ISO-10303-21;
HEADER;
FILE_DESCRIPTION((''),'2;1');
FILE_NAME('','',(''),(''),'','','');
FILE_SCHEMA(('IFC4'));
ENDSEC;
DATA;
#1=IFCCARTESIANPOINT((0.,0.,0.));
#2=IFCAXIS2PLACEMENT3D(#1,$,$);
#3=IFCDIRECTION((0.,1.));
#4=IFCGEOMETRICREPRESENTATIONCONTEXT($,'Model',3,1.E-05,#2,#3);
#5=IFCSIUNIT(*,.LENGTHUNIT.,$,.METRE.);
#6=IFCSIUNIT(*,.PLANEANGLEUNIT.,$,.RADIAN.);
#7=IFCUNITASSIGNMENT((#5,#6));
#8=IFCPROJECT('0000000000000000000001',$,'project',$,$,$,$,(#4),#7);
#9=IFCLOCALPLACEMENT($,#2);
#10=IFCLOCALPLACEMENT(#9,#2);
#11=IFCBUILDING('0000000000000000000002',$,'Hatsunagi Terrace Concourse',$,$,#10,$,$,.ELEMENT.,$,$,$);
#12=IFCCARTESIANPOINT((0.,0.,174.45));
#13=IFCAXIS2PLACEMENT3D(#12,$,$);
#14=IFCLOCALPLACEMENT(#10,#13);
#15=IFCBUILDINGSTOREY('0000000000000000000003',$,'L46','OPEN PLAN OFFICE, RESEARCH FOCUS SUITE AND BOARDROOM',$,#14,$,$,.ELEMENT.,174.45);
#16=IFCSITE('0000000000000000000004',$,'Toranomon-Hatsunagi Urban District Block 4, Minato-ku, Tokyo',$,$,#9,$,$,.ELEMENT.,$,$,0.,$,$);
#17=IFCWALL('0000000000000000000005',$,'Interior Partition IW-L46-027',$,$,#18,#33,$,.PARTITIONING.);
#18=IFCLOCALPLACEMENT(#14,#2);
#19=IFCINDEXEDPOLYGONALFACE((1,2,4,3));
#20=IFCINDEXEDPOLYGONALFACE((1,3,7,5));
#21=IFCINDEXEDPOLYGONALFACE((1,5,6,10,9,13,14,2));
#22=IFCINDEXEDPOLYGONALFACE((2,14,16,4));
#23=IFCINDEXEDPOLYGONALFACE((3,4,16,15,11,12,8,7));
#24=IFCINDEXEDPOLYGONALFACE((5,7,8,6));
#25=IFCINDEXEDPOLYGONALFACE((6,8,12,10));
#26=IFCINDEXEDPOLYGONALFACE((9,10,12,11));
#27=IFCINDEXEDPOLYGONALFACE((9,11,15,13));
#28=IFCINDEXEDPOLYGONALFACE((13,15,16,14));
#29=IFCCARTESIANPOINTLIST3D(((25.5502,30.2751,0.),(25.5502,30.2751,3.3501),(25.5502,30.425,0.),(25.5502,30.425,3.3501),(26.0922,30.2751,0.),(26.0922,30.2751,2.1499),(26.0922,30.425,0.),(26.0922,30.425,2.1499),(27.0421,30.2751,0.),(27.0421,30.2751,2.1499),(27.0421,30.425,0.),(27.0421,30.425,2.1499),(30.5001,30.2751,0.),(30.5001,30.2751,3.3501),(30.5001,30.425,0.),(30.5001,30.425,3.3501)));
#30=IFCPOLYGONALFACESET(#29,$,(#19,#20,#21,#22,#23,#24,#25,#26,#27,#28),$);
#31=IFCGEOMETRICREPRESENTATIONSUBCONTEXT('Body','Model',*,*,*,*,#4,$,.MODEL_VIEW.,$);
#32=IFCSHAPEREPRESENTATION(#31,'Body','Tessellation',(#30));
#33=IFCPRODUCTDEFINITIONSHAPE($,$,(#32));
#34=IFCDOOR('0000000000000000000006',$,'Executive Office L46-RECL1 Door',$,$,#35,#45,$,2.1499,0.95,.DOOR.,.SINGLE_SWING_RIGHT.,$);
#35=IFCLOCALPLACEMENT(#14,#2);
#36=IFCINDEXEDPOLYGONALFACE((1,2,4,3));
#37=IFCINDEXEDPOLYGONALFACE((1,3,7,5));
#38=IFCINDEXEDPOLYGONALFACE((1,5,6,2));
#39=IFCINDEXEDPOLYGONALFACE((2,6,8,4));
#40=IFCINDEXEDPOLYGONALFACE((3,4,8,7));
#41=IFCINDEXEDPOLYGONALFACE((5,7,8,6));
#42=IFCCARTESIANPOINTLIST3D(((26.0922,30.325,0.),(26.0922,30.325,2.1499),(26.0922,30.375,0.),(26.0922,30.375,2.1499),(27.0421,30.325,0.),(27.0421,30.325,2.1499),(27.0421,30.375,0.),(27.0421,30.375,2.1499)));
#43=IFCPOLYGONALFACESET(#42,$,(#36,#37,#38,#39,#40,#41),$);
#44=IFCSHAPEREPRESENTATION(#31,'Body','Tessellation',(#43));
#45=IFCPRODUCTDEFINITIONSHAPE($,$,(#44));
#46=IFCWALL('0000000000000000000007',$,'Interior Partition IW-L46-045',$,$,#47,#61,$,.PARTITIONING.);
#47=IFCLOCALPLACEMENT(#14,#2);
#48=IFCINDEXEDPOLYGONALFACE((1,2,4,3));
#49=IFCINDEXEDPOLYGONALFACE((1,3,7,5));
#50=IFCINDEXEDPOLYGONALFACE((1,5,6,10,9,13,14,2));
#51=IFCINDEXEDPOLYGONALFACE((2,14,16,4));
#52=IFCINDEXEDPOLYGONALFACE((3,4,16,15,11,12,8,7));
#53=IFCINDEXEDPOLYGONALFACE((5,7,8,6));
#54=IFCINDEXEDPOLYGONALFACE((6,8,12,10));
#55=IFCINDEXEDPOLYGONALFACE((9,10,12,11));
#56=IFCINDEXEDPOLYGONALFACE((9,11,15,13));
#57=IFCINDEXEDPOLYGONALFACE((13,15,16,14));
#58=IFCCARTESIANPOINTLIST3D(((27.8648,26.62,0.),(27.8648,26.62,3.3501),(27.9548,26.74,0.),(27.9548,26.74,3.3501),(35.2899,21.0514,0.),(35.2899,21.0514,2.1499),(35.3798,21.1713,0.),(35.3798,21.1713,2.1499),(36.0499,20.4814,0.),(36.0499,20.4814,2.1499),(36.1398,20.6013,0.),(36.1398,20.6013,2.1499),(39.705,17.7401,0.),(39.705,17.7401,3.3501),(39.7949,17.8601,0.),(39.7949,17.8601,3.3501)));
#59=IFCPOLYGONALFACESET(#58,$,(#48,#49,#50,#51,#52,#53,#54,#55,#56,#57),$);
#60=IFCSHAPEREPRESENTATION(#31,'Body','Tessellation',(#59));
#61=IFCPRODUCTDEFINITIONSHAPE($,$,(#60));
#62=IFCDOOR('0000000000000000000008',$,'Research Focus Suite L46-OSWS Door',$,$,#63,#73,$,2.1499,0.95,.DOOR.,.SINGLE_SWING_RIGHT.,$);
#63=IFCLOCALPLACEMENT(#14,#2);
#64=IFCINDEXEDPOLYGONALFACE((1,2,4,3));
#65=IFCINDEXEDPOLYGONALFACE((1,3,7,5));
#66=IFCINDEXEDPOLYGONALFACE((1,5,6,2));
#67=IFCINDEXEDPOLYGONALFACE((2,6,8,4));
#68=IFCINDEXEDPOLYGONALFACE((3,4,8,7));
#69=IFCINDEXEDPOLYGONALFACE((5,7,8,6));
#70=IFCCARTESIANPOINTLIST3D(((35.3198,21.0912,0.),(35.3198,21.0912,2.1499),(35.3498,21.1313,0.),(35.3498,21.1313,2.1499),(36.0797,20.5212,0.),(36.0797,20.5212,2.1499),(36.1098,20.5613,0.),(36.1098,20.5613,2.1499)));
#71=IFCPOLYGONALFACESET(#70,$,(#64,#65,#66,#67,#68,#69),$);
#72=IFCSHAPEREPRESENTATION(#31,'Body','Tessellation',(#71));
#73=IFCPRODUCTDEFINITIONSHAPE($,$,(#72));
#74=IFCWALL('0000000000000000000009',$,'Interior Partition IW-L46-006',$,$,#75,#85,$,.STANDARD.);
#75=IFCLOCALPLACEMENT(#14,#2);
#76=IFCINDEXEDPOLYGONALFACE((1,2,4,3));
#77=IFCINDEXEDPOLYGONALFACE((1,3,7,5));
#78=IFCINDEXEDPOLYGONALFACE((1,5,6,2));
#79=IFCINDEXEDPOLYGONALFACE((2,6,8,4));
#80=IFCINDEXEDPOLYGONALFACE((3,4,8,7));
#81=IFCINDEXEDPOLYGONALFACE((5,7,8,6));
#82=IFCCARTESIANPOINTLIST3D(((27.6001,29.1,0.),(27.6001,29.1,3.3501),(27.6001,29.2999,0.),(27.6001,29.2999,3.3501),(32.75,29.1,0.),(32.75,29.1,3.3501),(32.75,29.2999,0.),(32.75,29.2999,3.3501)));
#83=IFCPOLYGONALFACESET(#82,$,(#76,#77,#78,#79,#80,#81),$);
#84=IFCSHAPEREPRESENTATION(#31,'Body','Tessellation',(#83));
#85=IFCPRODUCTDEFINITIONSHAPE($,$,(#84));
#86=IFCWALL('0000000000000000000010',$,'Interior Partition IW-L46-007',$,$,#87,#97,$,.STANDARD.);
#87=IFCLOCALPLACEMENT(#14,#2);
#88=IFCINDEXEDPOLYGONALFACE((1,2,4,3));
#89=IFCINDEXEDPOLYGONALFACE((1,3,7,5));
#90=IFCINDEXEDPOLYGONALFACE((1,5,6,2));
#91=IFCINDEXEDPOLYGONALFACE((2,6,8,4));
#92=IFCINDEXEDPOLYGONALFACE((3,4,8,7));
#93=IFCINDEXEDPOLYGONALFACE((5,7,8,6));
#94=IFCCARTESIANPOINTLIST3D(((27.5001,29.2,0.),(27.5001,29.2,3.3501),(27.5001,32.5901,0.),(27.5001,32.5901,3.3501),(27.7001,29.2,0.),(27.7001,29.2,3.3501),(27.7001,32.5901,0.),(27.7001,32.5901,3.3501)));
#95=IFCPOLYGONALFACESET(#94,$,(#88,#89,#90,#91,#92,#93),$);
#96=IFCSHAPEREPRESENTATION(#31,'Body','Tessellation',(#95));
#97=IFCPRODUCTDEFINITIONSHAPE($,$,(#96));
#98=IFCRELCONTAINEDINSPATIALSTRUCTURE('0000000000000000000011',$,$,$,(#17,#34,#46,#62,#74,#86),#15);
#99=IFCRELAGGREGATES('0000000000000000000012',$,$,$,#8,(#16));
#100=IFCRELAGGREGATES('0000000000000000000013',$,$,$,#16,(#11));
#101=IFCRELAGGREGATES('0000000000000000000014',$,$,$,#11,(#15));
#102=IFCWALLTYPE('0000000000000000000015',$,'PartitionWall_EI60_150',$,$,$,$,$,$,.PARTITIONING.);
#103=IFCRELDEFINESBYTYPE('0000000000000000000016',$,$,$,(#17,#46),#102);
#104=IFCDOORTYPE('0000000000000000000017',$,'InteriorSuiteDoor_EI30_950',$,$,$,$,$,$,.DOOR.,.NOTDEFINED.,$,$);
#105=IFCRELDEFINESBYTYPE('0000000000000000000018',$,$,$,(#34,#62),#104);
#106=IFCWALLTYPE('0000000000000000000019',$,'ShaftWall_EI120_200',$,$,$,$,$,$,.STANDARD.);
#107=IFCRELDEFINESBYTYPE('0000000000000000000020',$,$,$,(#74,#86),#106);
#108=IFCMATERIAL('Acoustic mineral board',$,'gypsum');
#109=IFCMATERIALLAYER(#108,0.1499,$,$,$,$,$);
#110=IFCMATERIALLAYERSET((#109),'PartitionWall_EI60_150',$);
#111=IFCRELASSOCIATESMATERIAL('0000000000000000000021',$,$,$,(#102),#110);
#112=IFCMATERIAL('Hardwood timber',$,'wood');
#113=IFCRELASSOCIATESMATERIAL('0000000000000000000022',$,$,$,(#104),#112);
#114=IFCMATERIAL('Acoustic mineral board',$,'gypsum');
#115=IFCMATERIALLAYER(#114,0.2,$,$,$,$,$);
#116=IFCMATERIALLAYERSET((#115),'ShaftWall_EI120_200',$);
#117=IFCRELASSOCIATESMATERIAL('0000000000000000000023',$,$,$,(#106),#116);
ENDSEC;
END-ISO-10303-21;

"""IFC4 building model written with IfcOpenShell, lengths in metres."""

from ifc_helpers import new_model, si_unit, direction, frame, frame_2d, origin, place, context, subcontext, project, spatial, rectangle, extrude, material, layer, layer_set, type_object, element, fill, save


model = new_model("IFC4")

# Units and contexts
model_context = context("Model", 3, precision=1e-05, world=origin(), true_north=direction((0.0, 1.0)))
body_context = subcontext(model_context, "Body", "Model", "MODEL_VIEW")
ifc_project = project(units=[si_unit("LENGTHUNIT", "METRE"), si_unit("PLANEANGLEUNIT", "RADIAN")], contexts=[model_context])

# Site, building, storey
site_placement = place(None, origin())
site = spatial("IfcSite", under=ifc_project, at=site_placement, Name="Toranomon-Hatsunagi Urban District Block 4, Minato-ku, Tokyo", CompositionType="ELEMENT", RefElevation=0.0)
building_placement = place(site_placement, origin())
building = spatial("IfcBuilding", under=site, at=building_placement, Name="Hatsunagi Terrace Concourse", CompositionType="ELEMENT")
storey_placement = place(building_placement, frame((0.0, 0.0, 174.45)))
storey = spatial("IfcBuildingStorey", under=building, at=storey_placement, Name="L46", Description="OPEN PLAN OFFICE, RESEARCH FOCUS SUITE AND BOARDROOM", CompositionType="ELEMENT", Elevation=174.45)

# Walls, openings, doors
ifc_material_1 = material(Name="Acoustic mineral board", Category="gypsum")
ifc_layer_1 = layer(ifc_material_1, 0.1499)
ifc_layer_set_1 = layer_set([ifc_layer_1], Name="PartitionWall_EI60_150")
wall_type_1 = type_object("IfcWallType", Name="PartitionWall_EI60_150", PredefinedType="PARTITIONING", material=ifc_layer_set_1)
wall_1_placement = place(storey_placement, frame((25.55, 30.3501, 0.0), z_axis=(0.0, 0.0, 1.0), x_axis=(1.0, 0.0, 0.0)))
wall_1 = element("IfcWall", 1, at=wall_1_placement, inside=storey, type_object=wall_type_1, Name="Interior Partition IW-L46-027", PredefinedType="PARTITIONING", context=body_context, shape_type="SweptSolid", body=[
    extrude(rectangle(XDim=4.95, YDim=0.1499, at=frame_2d((2.4751, 0.0))), origin(), (0.0, 0.0, 1.0), 3.3501),
])
opening_1_placement = place(wall_1_placement, frame((0.542, 0.0, 0.0)))
opening_1 = element("IfcOpeningElement", 2, at=opening_1_placement, cuts=wall_1, PredefinedType="OPENING", context=body_context, shape_type="SweptSolid", body=[
    extrude(rectangle(XDim=0.95, YDim=2.1499, at=frame_2d((0.4751, 1.075))), frame((0.0, 0.085, 0.0), z_axis=(0.0, -1.0, 0.0), x_axis=(1.0, 0.0, 0.0)), (0.0, 0.0, 1.0), 0.1699),
])
ifc_material_2 = material(Name="Hardwood timber", Category="wood")
door_type = type_object("IfcDoorType", Name="InteriorSuiteDoor_EI30_950", OperationType="NOTDEFINED", PredefinedType="DOOR", material=ifc_material_2)
door_1_placement = place(opening_1_placement, origin())
door_1 = element("IfcDoor", 3, at=door_1_placement, inside=storey, type_object=door_type, Name="Executive Office L46-RECL1 Door", OperationType="SINGLE_SWING_RIGHT", OverallHeight=2.1499, OverallWidth=0.95, PredefinedType="DOOR", context=body_context, shape_type="SweptSolid", body=[
    extrude(rectangle(XDim=0.95, YDim=2.1499, at=frame_2d((0.4751, 1.075))), frame((0.0, 0.0249, 0.0), z_axis=(0.0, -1.0, 0.0), x_axis=(1.0, 0.0, 0.0)), (0.0, 0.0, 1.0), 0.05),
])
fill(opening_1, door_1)
wall_2_placement = place(storey_placement, frame((27.9099, 26.6799, 0.0), z_axis=(0.0, 0.0, 1.0), x_axis=(0.800006, -0.599992, 0.0)))
wall_2 = element("IfcWall", 4, at=wall_2_placement, inside=storey, type_object=wall_type_1, Name="Interior Partition IW-L46-045", PredefinedType="PARTITIONING", context=body_context, shape_type="SweptSolid", body=[
    extrude(rectangle(XDim=14.8, YDim=0.1499, at=frame_2d((7.3999, 0.0))), origin(), (0.0, 0.0, 1.0), 3.3501),
])
opening_2_placement = place(wall_2_placement, frame((9.281, 0.0, 0.0)))
opening_2 = element("IfcOpeningElement", 5, at=opening_2_placement, cuts=wall_2, PredefinedType="OPENING", context=body_context, shape_type="SweptSolid", body=[
    extrude(rectangle(XDim=0.95, YDim=2.1499, at=frame_2d((0.4751, 1.075))), frame((0.0, 0.085, 0.0), z_axis=(0.0, -1.0, 0.0), x_axis=(1.0, 0.0, 0.0)), (0.0, 0.0, 1.0), 0.1699),
])
door_2_placement = place(opening_2_placement, origin())
door_2 = element("IfcDoor", 6, at=door_2_placement, inside=storey, type_object=door_type, Name="Research Focus Suite L46-OSWS Door", OperationType="SINGLE_SWING_RIGHT", OverallHeight=2.1499, OverallWidth=0.95, PredefinedType="DOOR", context=body_context, shape_type="SweptSolid", body=[
    extrude(rectangle(XDim=0.95, YDim=2.1499, at=frame_2d((0.4751, 1.075))), frame((0.0, 0.0249, 0.0), z_axis=(0.0, -1.0, 0.0), x_axis=(1.0, 0.0, 0.0)), (0.0, 0.0, 1.0), 0.05),
])
fill(opening_2, door_2)

# Walls
ifc_material_3 = material(Name="Acoustic mineral board", Category="gypsum")
ifc_layer_2 = layer(ifc_material_3, 0.2)
ifc_layer_set_2 = layer_set([ifc_layer_2], Name="ShaftWall_EI120_200")
wall_type_2 = type_object("IfcWallType", Name="ShaftWall_EI120_200", PredefinedType="STANDARD", material=ifc_layer_set_2)
wall_3_placement = place(storey_placement, frame((27.6001, 29.2, 0.0), z_axis=(0.0, 0.0, 1.0), x_axis=(1.0, 0.0, 0.0)))
element("IfcWall", 7, at=wall_3_placement, inside=storey, type_object=wall_type_2, Name="Interior Partition IW-L46-006", PredefinedType="STANDARD", context=body_context, shape_type="SweptSolid", body=[
    extrude(rectangle(XDim=5.1499, YDim=0.2, at=frame_2d((2.575, 0.0))), origin(), (0.0, 0.0, 1.0), 3.3501),
])
wall_4_placement = place(storey_placement, frame((27.6001, 29.2, 0.0), z_axis=(0.0, 0.0, 1.0), x_axis=(0.0, 1.0, 0.0)))
element("IfcWall", 8, at=wall_4_placement, inside=storey, type_object=wall_type_2, Name="Interior Partition IW-L46-007", PredefinedType="STANDARD", context=body_context, shape_type="SweptSolid", body=[
    extrude(rectangle(XDim=3.3901, YDim=0.2, at=frame_2d((1.6951, 0.0))), origin(), (0.0, 0.0, 1.0), 3.3501),
])

save(model, "model.ifc")
